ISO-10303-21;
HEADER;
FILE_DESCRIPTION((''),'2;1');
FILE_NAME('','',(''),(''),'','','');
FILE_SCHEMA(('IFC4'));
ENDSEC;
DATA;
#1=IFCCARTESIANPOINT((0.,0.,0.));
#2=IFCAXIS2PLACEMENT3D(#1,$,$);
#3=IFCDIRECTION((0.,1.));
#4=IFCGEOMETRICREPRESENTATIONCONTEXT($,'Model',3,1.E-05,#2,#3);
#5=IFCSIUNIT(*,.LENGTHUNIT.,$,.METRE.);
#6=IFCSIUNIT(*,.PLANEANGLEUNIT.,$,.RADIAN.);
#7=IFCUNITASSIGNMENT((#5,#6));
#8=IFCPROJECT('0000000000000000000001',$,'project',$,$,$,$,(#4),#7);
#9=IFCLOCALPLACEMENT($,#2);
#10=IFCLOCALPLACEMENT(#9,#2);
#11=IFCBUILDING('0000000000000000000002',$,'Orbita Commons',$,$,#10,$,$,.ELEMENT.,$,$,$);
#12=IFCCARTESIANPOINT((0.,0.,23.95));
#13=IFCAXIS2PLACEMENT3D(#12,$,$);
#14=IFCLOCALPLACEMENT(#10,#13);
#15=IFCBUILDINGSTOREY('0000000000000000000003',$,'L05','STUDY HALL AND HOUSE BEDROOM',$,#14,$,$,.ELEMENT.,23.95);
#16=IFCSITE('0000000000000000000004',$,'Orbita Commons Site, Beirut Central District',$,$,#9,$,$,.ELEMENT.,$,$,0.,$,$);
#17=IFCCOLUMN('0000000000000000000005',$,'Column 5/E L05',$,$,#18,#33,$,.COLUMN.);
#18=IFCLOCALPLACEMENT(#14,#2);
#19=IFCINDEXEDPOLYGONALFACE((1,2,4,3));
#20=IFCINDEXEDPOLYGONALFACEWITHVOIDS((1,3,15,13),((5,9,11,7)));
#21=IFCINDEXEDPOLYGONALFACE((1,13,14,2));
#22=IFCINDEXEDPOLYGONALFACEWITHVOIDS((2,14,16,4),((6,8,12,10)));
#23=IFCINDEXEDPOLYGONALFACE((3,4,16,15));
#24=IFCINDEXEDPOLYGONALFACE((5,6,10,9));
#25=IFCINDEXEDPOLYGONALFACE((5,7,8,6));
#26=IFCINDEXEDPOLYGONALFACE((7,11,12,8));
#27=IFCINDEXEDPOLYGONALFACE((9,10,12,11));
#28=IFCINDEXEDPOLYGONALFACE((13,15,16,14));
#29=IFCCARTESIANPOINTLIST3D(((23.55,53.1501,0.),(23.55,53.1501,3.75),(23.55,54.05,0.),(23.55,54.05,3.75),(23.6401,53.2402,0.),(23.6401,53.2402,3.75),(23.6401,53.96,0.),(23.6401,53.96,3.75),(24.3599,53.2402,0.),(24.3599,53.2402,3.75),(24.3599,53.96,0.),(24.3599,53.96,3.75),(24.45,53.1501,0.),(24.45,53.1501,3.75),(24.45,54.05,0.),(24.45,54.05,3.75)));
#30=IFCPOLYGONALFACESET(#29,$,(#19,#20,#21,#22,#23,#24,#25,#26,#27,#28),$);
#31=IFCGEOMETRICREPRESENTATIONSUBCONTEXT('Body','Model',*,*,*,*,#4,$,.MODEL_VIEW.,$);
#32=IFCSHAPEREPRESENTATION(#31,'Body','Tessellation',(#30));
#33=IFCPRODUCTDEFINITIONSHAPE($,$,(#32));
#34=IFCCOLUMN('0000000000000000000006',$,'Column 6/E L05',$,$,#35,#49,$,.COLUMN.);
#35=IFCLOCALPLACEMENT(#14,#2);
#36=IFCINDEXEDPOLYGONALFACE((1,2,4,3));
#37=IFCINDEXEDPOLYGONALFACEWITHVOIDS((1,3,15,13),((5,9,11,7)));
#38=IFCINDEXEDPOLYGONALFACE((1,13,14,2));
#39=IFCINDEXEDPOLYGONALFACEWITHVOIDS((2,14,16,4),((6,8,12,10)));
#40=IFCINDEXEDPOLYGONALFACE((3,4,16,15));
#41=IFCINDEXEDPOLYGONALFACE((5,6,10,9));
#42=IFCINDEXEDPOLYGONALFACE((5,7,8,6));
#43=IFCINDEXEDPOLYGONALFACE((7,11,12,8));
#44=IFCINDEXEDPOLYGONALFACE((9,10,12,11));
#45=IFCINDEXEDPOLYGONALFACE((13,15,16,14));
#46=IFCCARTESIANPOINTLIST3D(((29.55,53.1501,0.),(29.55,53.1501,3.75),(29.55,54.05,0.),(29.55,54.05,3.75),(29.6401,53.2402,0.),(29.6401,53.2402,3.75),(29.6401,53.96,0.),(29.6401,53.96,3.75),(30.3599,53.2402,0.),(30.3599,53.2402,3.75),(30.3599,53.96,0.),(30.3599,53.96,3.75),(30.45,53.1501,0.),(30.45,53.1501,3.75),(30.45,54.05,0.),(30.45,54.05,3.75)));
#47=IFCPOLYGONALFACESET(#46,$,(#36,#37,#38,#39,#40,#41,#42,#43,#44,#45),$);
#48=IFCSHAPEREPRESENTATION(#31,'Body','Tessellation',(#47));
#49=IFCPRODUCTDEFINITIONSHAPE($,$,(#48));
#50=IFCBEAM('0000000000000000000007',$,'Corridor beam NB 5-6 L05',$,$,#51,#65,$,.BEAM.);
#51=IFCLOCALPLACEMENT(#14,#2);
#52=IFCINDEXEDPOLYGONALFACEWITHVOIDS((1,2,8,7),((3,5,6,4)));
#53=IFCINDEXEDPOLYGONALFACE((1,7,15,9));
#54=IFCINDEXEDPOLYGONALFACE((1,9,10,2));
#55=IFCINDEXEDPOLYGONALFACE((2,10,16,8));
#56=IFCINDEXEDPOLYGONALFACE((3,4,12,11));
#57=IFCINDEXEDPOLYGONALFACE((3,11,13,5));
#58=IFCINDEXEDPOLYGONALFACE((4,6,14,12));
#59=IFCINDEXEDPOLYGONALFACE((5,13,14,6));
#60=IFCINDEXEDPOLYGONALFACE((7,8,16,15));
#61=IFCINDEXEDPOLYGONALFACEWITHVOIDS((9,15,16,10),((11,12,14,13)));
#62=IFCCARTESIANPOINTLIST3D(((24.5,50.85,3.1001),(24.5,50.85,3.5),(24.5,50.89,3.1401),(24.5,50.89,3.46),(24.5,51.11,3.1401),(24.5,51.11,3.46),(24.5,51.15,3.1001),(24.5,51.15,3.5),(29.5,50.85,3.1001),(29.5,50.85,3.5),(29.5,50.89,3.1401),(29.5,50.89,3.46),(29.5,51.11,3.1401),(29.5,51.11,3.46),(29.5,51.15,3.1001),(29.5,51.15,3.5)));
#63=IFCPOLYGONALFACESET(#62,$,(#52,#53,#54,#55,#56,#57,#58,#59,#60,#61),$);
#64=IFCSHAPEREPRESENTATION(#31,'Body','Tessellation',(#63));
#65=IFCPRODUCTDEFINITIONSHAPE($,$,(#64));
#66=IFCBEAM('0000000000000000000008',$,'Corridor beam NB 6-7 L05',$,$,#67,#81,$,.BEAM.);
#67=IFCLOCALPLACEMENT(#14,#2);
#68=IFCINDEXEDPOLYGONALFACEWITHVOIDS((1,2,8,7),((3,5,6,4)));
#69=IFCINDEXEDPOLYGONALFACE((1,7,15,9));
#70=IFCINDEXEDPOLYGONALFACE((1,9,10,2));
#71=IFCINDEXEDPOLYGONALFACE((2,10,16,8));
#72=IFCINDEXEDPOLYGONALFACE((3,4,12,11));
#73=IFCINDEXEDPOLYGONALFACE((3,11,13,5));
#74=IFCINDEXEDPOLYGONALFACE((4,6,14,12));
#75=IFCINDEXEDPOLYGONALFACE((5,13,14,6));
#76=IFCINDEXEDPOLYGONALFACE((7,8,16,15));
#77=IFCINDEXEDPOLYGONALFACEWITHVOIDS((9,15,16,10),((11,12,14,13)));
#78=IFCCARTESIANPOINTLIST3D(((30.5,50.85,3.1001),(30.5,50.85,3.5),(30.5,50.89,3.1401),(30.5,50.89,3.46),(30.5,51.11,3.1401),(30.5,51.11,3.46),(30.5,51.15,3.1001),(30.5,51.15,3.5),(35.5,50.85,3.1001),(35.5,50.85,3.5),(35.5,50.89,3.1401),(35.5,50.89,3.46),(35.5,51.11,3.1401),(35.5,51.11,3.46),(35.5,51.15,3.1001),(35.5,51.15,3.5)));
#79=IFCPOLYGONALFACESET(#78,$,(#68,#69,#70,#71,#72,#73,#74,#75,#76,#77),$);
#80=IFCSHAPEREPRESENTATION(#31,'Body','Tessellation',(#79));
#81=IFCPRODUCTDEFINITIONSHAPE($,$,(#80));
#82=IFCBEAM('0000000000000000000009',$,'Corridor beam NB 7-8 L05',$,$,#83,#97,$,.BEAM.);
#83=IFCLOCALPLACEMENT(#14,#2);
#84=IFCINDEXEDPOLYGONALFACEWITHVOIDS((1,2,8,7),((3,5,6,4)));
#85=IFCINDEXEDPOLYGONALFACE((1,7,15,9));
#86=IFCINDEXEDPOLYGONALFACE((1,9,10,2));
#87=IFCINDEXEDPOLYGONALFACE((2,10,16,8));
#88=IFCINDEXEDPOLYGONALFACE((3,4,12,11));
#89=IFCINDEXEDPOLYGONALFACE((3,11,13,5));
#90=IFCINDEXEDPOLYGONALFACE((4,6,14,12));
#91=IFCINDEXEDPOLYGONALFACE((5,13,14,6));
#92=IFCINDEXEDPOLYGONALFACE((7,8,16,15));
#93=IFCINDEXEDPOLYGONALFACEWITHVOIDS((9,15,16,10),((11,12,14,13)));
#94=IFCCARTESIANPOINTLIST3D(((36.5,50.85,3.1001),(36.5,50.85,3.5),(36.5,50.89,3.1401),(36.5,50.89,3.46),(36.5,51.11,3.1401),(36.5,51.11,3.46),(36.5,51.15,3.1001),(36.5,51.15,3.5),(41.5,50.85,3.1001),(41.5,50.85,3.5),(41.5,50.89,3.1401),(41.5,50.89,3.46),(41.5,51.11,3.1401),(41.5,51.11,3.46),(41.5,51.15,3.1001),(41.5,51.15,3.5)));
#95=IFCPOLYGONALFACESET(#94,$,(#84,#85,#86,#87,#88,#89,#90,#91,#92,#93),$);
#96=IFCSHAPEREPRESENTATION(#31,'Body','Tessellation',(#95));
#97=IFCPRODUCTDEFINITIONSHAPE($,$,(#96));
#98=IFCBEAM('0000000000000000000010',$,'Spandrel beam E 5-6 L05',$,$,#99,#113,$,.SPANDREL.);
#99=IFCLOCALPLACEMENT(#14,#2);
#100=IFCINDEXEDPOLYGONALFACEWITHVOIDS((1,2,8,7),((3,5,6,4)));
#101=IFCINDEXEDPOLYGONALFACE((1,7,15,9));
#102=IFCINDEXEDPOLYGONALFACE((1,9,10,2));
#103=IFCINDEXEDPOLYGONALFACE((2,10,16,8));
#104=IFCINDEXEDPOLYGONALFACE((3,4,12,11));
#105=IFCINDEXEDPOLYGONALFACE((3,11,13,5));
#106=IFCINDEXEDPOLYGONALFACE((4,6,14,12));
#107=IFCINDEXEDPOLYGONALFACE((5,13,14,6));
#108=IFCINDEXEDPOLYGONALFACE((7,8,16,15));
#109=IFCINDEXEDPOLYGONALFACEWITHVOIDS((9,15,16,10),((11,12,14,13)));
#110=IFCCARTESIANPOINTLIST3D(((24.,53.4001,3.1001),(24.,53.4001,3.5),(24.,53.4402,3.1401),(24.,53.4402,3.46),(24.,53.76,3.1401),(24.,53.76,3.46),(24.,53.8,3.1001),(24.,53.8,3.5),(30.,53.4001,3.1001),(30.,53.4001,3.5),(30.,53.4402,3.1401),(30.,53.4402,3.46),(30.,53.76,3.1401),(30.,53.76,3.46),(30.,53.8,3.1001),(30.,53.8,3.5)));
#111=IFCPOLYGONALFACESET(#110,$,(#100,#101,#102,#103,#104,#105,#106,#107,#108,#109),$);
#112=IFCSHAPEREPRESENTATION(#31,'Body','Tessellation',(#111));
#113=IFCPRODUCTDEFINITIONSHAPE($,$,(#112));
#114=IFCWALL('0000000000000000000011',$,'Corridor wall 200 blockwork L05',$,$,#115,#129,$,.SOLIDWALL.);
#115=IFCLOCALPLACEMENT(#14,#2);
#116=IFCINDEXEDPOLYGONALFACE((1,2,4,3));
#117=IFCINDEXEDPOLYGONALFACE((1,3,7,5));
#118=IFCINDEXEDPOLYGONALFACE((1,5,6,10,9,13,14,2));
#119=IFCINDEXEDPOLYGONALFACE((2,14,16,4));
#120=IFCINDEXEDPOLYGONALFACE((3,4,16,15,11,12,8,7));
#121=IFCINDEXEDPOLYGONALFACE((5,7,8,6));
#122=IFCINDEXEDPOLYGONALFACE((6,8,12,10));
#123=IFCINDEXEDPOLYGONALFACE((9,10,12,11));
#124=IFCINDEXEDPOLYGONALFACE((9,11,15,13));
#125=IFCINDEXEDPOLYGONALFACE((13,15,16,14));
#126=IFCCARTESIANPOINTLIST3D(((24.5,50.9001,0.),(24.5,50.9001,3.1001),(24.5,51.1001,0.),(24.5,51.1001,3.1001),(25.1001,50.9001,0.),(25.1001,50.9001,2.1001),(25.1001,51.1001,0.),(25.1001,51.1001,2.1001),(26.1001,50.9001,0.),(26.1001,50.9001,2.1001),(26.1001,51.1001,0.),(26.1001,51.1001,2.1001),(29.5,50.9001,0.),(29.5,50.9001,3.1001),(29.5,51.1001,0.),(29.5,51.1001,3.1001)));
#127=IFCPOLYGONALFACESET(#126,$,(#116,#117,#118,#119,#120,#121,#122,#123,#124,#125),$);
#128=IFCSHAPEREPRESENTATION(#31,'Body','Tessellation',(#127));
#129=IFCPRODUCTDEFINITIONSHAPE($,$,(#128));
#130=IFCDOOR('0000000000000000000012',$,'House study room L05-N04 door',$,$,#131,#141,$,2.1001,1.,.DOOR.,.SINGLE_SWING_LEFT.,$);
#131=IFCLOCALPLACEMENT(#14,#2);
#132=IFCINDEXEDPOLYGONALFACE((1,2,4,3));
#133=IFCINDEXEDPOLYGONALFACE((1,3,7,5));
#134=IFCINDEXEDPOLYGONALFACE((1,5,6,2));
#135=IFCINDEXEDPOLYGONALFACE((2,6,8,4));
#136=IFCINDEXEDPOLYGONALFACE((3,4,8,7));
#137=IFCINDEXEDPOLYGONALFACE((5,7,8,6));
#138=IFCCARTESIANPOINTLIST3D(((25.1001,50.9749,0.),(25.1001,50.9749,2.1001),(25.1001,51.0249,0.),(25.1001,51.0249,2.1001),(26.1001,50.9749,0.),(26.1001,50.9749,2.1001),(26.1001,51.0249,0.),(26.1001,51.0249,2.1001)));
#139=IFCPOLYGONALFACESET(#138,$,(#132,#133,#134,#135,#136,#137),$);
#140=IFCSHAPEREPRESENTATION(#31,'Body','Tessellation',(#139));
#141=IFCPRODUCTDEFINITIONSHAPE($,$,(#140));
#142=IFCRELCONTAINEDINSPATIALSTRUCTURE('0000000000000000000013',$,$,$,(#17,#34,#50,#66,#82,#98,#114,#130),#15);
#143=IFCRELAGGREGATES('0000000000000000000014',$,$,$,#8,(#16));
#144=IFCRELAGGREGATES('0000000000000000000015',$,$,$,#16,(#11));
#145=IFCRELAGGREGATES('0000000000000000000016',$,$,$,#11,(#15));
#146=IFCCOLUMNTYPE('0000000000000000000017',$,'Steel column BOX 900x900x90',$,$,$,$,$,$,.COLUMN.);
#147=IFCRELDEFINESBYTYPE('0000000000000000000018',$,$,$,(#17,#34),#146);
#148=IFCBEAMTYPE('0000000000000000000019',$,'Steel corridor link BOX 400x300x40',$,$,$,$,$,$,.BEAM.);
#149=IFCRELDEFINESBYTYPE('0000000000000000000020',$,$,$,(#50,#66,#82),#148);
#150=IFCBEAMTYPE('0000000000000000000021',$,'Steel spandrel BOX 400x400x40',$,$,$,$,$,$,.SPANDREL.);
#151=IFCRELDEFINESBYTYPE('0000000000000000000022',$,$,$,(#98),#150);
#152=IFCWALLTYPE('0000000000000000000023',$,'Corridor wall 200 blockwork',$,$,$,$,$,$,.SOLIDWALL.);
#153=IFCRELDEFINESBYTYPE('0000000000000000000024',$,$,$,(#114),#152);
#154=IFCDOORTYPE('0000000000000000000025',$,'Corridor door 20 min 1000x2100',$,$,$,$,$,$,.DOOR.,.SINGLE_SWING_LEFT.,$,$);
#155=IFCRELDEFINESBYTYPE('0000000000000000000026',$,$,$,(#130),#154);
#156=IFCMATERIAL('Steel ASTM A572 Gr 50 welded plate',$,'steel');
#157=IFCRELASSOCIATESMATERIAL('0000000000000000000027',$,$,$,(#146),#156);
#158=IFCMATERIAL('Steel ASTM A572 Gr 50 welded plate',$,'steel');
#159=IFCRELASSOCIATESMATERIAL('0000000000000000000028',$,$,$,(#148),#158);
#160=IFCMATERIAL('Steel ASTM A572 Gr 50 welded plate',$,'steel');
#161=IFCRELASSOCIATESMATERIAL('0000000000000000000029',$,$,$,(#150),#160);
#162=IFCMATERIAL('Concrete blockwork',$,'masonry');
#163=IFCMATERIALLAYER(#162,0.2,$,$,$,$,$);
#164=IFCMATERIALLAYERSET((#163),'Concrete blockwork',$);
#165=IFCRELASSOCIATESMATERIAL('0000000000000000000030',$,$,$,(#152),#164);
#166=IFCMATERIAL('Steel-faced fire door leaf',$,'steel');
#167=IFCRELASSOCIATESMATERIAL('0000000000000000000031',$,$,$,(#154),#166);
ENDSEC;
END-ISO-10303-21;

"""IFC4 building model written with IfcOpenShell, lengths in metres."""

from ifc_helpers import new_model, si_unit, direction, frame, frame_2d, origin, origin_2d, place, context, subcontext, project, spatial, polyline, rectangle, hollow_rectangle, outline, extrude, material, layer, layer_set, material_profile, profile_set, type_object, element, fill, save


model = new_model("IFC4")

# Units and contexts
model_context = context("Model", 3, precision=1e-05, world=origin(), true_north=direction((0.0, 1.0)))
body_context = subcontext(model_context, "Body", "Model", "MODEL_VIEW")
ifc_project = project(units=[si_unit("LENGTHUNIT", "METRE"), si_unit("PLANEANGLEUNIT", "RADIAN")], contexts=[model_context])

# Site, building, storey
site_placement = place(None, origin())
site = spatial("IfcSite", under=ifc_project, at=site_placement, Name="Orbita Commons Site, Beirut Central District", CompositionType="ELEMENT", RefElevation=0.0)
building_placement = place(site_placement, origin())
building = spatial("IfcBuilding", under=site, at=building_placement, Name="Orbita Commons", CompositionType="ELEMENT")
storey_placement = place(building_placement, frame((0.0, 0.0, 23.95)))
storey = spatial("IfcBuildingStorey", under=building, at=storey_placement, Name="L05", Description="STUDY HALL AND HOUSE BEDROOM", CompositionType="ELEMENT", Elevation=23.95)

# Columns
ifc_material_1 = material(Name="Steel ASTM A572 Gr 50 welded plate", Category="steel")
ifc_material_profile_1 = material_profile(ifc_material_1, hollow_rectangle(XDim=0.8999, YDim=0.8999, WallThickness=0.0901, at=origin_2d()), Name="BOX 900x900x90")
ifc_profile_set_1 = profile_set([ifc_material_profile_1], Name="Steel ASTM A572 Gr 50 welded plate")
column_type = type_object("IfcColumnType", Name="Steel column BOX 900x900x90", PredefinedType="COLUMN", material=ifc_profile_set_1)
for number, where, z_axis, x_axis, name in (
    (1, (24.0, 53.6001, 0.0), (0.0, 0.0, 1.0), (1.0, 0.0, 0.0), "Column 5/E L05"),
    (2, (30.0, 53.6001, 0.0), (0.0, 0.0, 1.0), (1.0, 0.0, 0.0), "Column 6/E L05"),
):
    element("IfcColumn", number, at=place(storey_placement, frame(where, z_axis=z_axis, x_axis=x_axis)), inside=storey, type_object=column_type, Name=name, PredefinedType="COLUMN", context=body_context, shape_type="SweptSolid", body=[
        extrude(hollow_rectangle(XDim=0.8999, YDim=0.8999, WallThickness=0.0901, at=origin_2d()), origin(), (0.0, 0.0, 1.0), 3.75),
    ])

# Beams
ifc_material_2 = material(Name="Steel ASTM A572 Gr 50 welded plate", Category="steel")
ifc_material_profile_2 = material_profile(ifc_material_2, hollow_rectangle(XDim=0.3, YDim=0.3999, WallThickness=0.04, at=origin_2d()), Name="BOX 400x300x40")
ifc_profile_set_2 = profile_set([ifc_material_profile_2], Name="Steel ASTM A572 Gr 50 welded plate")
beam_type_1 = type_object("IfcBeamType", Name="Steel corridor link BOX 400x300x40", PredefinedType="BEAM", material=ifc_profile_set_2)
for number, where, z_axis, x_axis, name in (
    (3, (24.5, 51.0, 3.3), (1.0, 0.0, 0.0), (0.0, 1.0, 0.0), "Corridor beam NB 5-6 L05"),
    (4, (30.5, 51.0, 3.3), (1.0, 0.0, 0.0), (0.0, 1.0, 0.0), "Corridor beam NB 6-7 L05"),
    (5, (36.5, 51.0, 3.3), (1.0, 0.0, 0.0), (0.0, 1.0, 0.0), "Corridor beam NB 7-8 L05"),
):
    element("IfcBeam", number, at=place(storey_placement, frame(where, z_axis=z_axis, x_axis=x_axis)), inside=storey, type_object=beam_type_1, Name=name, PredefinedType="BEAM", context=body_context, shape_type="SweptSolid", body=[
        extrude(hollow_rectangle(XDim=0.3, YDim=0.3999, WallThickness=0.04, at=origin_2d()), origin(), (0.0, 0.0, 1.0), 5.0),
    ])
ifc_material_3 = material(Name="Steel ASTM A572 Gr 50 welded plate", Category="steel")
ifc_material_profile_3 = material_profile(ifc_material_3, hollow_rectangle(XDim=0.3999, YDim=0.3999, WallThickness=0.04, at=origin_2d()), Name="BOX 400x400x40")
ifc_profile_set_3 = profile_set([ifc_material_profile_3], Name="Steel ASTM A572 Gr 50 welded plate")
beam_type_2 = type_object("IfcBeamType", Name="Steel spandrel BOX 400x400x40", PredefinedType="SPANDREL", material=ifc_profile_set_3)
beam_placement = place(storey_placement, frame((24.0, 53.6001, 3.3), z_axis=(1.0, 0.0, 0.0), x_axis=(0.0, 1.0, 0.0)))
element("IfcBeam", 6, at=beam_placement, inside=storey, type_object=beam_type_2, Name="Spandrel beam E 5-6 L05", PredefinedType="SPANDREL", context=body_context, shape_type="SweptSolid", body=[
    extrude(hollow_rectangle(XDim=0.3999, YDim=0.3999, WallThickness=0.04, at=origin_2d()), origin(), (0.0, 0.0, 1.0), 6.0),
])

# Wall, opening, door
ifc_material_4 = material(Name="Concrete blockwork", Category="masonry")
ifc_layer_1 = layer(ifc_material_4, 0.2)
ifc_layer_set_1 = layer_set([ifc_layer_1], Name="Concrete blockwork")
wall_type_1 = type_object("IfcWallType", Name="Corridor wall 200 blockwork", PredefinedType="SOLIDWALL", material=ifc_layer_set_1)
wall_1_placement = place(storey_placement, frame((24.5, 51.0, 0.0), z_axis=(0.0, 0.0, 1.0), x_axis=(1.0, 0.0, 0.0)))
wall_1 = element("IfcWall", 7, at=wall_1_placement, inside=storey, type_object=wall_type_1, Name="Corridor wall 200 blockwork L05", PredefinedType="SOLIDWALL", context=body_context, shape_type="SweptSolid", body=[
    extrude(outline(polyline([(0.0, 0.0), (5.0, 0.0), (5.0, 3.1001), (0.0, 3.1001), (0.0, 0.0)])), frame((0.0, 0.1001, 0.0), z_axis=(0.0, -1.0, 0.0), x_axis=(1.0, 0.0, 0.0)), (0.0, 0.0, 1.0), 0.2),
])
opening_1_placement = place(wall_1_placement, frame((0.6001, 0.0, 0.0)))
opening_1 = element("IfcOpeningElement", 8, at=opening_1_placement, cuts=wall_1, PredefinedType="OPENING", context=body_context, shape_type="SweptSolid", body=[
    extrude(rectangle(XDim=1.0, YDim=2.1001, at=frame_2d((0.5, 1.05))), frame((0.0, 0.1099, 0.0), z_axis=(0.0, -1.0, 0.0), x_axis=(1.0, 0.0, 0.0)), (0.0, 0.0, 1.0), 0.22),
])
ifc_material_5 = material(Name="Steel-faced fire door leaf", Category="steel")
door_type_1 = type_object("IfcDoorType", Name="Corridor door 20 min 1000x2100", OperationType="SINGLE_SWING_LEFT", PredefinedType="DOOR", material=ifc_material_5)
door_1_placement = place(opening_1_placement, origin())
door_1 = element("IfcDoor", 9, at=door_1_placement, inside=storey, type_object=door_type_1, Name="House study room L05-N04 door", OperationType="SINGLE_SWING_LEFT", OverallHeight=2.1001, OverallWidth=1.0, PredefinedType="DOOR", context=body_context, shape_type="SweptSolid", body=[
    extrude(rectangle(XDim=1.0, YDim=2.1001, at=frame_2d((0.5, 1.05))), frame((0.0, 0.0249, 0.0), z_axis=(0.0, -1.0, 0.0), x_axis=(1.0, 0.0, 0.0)), (0.0, 0.0, 1.0), 0.05),
])
fill(opening_1, door_1)

save(model, "model.ifc")
